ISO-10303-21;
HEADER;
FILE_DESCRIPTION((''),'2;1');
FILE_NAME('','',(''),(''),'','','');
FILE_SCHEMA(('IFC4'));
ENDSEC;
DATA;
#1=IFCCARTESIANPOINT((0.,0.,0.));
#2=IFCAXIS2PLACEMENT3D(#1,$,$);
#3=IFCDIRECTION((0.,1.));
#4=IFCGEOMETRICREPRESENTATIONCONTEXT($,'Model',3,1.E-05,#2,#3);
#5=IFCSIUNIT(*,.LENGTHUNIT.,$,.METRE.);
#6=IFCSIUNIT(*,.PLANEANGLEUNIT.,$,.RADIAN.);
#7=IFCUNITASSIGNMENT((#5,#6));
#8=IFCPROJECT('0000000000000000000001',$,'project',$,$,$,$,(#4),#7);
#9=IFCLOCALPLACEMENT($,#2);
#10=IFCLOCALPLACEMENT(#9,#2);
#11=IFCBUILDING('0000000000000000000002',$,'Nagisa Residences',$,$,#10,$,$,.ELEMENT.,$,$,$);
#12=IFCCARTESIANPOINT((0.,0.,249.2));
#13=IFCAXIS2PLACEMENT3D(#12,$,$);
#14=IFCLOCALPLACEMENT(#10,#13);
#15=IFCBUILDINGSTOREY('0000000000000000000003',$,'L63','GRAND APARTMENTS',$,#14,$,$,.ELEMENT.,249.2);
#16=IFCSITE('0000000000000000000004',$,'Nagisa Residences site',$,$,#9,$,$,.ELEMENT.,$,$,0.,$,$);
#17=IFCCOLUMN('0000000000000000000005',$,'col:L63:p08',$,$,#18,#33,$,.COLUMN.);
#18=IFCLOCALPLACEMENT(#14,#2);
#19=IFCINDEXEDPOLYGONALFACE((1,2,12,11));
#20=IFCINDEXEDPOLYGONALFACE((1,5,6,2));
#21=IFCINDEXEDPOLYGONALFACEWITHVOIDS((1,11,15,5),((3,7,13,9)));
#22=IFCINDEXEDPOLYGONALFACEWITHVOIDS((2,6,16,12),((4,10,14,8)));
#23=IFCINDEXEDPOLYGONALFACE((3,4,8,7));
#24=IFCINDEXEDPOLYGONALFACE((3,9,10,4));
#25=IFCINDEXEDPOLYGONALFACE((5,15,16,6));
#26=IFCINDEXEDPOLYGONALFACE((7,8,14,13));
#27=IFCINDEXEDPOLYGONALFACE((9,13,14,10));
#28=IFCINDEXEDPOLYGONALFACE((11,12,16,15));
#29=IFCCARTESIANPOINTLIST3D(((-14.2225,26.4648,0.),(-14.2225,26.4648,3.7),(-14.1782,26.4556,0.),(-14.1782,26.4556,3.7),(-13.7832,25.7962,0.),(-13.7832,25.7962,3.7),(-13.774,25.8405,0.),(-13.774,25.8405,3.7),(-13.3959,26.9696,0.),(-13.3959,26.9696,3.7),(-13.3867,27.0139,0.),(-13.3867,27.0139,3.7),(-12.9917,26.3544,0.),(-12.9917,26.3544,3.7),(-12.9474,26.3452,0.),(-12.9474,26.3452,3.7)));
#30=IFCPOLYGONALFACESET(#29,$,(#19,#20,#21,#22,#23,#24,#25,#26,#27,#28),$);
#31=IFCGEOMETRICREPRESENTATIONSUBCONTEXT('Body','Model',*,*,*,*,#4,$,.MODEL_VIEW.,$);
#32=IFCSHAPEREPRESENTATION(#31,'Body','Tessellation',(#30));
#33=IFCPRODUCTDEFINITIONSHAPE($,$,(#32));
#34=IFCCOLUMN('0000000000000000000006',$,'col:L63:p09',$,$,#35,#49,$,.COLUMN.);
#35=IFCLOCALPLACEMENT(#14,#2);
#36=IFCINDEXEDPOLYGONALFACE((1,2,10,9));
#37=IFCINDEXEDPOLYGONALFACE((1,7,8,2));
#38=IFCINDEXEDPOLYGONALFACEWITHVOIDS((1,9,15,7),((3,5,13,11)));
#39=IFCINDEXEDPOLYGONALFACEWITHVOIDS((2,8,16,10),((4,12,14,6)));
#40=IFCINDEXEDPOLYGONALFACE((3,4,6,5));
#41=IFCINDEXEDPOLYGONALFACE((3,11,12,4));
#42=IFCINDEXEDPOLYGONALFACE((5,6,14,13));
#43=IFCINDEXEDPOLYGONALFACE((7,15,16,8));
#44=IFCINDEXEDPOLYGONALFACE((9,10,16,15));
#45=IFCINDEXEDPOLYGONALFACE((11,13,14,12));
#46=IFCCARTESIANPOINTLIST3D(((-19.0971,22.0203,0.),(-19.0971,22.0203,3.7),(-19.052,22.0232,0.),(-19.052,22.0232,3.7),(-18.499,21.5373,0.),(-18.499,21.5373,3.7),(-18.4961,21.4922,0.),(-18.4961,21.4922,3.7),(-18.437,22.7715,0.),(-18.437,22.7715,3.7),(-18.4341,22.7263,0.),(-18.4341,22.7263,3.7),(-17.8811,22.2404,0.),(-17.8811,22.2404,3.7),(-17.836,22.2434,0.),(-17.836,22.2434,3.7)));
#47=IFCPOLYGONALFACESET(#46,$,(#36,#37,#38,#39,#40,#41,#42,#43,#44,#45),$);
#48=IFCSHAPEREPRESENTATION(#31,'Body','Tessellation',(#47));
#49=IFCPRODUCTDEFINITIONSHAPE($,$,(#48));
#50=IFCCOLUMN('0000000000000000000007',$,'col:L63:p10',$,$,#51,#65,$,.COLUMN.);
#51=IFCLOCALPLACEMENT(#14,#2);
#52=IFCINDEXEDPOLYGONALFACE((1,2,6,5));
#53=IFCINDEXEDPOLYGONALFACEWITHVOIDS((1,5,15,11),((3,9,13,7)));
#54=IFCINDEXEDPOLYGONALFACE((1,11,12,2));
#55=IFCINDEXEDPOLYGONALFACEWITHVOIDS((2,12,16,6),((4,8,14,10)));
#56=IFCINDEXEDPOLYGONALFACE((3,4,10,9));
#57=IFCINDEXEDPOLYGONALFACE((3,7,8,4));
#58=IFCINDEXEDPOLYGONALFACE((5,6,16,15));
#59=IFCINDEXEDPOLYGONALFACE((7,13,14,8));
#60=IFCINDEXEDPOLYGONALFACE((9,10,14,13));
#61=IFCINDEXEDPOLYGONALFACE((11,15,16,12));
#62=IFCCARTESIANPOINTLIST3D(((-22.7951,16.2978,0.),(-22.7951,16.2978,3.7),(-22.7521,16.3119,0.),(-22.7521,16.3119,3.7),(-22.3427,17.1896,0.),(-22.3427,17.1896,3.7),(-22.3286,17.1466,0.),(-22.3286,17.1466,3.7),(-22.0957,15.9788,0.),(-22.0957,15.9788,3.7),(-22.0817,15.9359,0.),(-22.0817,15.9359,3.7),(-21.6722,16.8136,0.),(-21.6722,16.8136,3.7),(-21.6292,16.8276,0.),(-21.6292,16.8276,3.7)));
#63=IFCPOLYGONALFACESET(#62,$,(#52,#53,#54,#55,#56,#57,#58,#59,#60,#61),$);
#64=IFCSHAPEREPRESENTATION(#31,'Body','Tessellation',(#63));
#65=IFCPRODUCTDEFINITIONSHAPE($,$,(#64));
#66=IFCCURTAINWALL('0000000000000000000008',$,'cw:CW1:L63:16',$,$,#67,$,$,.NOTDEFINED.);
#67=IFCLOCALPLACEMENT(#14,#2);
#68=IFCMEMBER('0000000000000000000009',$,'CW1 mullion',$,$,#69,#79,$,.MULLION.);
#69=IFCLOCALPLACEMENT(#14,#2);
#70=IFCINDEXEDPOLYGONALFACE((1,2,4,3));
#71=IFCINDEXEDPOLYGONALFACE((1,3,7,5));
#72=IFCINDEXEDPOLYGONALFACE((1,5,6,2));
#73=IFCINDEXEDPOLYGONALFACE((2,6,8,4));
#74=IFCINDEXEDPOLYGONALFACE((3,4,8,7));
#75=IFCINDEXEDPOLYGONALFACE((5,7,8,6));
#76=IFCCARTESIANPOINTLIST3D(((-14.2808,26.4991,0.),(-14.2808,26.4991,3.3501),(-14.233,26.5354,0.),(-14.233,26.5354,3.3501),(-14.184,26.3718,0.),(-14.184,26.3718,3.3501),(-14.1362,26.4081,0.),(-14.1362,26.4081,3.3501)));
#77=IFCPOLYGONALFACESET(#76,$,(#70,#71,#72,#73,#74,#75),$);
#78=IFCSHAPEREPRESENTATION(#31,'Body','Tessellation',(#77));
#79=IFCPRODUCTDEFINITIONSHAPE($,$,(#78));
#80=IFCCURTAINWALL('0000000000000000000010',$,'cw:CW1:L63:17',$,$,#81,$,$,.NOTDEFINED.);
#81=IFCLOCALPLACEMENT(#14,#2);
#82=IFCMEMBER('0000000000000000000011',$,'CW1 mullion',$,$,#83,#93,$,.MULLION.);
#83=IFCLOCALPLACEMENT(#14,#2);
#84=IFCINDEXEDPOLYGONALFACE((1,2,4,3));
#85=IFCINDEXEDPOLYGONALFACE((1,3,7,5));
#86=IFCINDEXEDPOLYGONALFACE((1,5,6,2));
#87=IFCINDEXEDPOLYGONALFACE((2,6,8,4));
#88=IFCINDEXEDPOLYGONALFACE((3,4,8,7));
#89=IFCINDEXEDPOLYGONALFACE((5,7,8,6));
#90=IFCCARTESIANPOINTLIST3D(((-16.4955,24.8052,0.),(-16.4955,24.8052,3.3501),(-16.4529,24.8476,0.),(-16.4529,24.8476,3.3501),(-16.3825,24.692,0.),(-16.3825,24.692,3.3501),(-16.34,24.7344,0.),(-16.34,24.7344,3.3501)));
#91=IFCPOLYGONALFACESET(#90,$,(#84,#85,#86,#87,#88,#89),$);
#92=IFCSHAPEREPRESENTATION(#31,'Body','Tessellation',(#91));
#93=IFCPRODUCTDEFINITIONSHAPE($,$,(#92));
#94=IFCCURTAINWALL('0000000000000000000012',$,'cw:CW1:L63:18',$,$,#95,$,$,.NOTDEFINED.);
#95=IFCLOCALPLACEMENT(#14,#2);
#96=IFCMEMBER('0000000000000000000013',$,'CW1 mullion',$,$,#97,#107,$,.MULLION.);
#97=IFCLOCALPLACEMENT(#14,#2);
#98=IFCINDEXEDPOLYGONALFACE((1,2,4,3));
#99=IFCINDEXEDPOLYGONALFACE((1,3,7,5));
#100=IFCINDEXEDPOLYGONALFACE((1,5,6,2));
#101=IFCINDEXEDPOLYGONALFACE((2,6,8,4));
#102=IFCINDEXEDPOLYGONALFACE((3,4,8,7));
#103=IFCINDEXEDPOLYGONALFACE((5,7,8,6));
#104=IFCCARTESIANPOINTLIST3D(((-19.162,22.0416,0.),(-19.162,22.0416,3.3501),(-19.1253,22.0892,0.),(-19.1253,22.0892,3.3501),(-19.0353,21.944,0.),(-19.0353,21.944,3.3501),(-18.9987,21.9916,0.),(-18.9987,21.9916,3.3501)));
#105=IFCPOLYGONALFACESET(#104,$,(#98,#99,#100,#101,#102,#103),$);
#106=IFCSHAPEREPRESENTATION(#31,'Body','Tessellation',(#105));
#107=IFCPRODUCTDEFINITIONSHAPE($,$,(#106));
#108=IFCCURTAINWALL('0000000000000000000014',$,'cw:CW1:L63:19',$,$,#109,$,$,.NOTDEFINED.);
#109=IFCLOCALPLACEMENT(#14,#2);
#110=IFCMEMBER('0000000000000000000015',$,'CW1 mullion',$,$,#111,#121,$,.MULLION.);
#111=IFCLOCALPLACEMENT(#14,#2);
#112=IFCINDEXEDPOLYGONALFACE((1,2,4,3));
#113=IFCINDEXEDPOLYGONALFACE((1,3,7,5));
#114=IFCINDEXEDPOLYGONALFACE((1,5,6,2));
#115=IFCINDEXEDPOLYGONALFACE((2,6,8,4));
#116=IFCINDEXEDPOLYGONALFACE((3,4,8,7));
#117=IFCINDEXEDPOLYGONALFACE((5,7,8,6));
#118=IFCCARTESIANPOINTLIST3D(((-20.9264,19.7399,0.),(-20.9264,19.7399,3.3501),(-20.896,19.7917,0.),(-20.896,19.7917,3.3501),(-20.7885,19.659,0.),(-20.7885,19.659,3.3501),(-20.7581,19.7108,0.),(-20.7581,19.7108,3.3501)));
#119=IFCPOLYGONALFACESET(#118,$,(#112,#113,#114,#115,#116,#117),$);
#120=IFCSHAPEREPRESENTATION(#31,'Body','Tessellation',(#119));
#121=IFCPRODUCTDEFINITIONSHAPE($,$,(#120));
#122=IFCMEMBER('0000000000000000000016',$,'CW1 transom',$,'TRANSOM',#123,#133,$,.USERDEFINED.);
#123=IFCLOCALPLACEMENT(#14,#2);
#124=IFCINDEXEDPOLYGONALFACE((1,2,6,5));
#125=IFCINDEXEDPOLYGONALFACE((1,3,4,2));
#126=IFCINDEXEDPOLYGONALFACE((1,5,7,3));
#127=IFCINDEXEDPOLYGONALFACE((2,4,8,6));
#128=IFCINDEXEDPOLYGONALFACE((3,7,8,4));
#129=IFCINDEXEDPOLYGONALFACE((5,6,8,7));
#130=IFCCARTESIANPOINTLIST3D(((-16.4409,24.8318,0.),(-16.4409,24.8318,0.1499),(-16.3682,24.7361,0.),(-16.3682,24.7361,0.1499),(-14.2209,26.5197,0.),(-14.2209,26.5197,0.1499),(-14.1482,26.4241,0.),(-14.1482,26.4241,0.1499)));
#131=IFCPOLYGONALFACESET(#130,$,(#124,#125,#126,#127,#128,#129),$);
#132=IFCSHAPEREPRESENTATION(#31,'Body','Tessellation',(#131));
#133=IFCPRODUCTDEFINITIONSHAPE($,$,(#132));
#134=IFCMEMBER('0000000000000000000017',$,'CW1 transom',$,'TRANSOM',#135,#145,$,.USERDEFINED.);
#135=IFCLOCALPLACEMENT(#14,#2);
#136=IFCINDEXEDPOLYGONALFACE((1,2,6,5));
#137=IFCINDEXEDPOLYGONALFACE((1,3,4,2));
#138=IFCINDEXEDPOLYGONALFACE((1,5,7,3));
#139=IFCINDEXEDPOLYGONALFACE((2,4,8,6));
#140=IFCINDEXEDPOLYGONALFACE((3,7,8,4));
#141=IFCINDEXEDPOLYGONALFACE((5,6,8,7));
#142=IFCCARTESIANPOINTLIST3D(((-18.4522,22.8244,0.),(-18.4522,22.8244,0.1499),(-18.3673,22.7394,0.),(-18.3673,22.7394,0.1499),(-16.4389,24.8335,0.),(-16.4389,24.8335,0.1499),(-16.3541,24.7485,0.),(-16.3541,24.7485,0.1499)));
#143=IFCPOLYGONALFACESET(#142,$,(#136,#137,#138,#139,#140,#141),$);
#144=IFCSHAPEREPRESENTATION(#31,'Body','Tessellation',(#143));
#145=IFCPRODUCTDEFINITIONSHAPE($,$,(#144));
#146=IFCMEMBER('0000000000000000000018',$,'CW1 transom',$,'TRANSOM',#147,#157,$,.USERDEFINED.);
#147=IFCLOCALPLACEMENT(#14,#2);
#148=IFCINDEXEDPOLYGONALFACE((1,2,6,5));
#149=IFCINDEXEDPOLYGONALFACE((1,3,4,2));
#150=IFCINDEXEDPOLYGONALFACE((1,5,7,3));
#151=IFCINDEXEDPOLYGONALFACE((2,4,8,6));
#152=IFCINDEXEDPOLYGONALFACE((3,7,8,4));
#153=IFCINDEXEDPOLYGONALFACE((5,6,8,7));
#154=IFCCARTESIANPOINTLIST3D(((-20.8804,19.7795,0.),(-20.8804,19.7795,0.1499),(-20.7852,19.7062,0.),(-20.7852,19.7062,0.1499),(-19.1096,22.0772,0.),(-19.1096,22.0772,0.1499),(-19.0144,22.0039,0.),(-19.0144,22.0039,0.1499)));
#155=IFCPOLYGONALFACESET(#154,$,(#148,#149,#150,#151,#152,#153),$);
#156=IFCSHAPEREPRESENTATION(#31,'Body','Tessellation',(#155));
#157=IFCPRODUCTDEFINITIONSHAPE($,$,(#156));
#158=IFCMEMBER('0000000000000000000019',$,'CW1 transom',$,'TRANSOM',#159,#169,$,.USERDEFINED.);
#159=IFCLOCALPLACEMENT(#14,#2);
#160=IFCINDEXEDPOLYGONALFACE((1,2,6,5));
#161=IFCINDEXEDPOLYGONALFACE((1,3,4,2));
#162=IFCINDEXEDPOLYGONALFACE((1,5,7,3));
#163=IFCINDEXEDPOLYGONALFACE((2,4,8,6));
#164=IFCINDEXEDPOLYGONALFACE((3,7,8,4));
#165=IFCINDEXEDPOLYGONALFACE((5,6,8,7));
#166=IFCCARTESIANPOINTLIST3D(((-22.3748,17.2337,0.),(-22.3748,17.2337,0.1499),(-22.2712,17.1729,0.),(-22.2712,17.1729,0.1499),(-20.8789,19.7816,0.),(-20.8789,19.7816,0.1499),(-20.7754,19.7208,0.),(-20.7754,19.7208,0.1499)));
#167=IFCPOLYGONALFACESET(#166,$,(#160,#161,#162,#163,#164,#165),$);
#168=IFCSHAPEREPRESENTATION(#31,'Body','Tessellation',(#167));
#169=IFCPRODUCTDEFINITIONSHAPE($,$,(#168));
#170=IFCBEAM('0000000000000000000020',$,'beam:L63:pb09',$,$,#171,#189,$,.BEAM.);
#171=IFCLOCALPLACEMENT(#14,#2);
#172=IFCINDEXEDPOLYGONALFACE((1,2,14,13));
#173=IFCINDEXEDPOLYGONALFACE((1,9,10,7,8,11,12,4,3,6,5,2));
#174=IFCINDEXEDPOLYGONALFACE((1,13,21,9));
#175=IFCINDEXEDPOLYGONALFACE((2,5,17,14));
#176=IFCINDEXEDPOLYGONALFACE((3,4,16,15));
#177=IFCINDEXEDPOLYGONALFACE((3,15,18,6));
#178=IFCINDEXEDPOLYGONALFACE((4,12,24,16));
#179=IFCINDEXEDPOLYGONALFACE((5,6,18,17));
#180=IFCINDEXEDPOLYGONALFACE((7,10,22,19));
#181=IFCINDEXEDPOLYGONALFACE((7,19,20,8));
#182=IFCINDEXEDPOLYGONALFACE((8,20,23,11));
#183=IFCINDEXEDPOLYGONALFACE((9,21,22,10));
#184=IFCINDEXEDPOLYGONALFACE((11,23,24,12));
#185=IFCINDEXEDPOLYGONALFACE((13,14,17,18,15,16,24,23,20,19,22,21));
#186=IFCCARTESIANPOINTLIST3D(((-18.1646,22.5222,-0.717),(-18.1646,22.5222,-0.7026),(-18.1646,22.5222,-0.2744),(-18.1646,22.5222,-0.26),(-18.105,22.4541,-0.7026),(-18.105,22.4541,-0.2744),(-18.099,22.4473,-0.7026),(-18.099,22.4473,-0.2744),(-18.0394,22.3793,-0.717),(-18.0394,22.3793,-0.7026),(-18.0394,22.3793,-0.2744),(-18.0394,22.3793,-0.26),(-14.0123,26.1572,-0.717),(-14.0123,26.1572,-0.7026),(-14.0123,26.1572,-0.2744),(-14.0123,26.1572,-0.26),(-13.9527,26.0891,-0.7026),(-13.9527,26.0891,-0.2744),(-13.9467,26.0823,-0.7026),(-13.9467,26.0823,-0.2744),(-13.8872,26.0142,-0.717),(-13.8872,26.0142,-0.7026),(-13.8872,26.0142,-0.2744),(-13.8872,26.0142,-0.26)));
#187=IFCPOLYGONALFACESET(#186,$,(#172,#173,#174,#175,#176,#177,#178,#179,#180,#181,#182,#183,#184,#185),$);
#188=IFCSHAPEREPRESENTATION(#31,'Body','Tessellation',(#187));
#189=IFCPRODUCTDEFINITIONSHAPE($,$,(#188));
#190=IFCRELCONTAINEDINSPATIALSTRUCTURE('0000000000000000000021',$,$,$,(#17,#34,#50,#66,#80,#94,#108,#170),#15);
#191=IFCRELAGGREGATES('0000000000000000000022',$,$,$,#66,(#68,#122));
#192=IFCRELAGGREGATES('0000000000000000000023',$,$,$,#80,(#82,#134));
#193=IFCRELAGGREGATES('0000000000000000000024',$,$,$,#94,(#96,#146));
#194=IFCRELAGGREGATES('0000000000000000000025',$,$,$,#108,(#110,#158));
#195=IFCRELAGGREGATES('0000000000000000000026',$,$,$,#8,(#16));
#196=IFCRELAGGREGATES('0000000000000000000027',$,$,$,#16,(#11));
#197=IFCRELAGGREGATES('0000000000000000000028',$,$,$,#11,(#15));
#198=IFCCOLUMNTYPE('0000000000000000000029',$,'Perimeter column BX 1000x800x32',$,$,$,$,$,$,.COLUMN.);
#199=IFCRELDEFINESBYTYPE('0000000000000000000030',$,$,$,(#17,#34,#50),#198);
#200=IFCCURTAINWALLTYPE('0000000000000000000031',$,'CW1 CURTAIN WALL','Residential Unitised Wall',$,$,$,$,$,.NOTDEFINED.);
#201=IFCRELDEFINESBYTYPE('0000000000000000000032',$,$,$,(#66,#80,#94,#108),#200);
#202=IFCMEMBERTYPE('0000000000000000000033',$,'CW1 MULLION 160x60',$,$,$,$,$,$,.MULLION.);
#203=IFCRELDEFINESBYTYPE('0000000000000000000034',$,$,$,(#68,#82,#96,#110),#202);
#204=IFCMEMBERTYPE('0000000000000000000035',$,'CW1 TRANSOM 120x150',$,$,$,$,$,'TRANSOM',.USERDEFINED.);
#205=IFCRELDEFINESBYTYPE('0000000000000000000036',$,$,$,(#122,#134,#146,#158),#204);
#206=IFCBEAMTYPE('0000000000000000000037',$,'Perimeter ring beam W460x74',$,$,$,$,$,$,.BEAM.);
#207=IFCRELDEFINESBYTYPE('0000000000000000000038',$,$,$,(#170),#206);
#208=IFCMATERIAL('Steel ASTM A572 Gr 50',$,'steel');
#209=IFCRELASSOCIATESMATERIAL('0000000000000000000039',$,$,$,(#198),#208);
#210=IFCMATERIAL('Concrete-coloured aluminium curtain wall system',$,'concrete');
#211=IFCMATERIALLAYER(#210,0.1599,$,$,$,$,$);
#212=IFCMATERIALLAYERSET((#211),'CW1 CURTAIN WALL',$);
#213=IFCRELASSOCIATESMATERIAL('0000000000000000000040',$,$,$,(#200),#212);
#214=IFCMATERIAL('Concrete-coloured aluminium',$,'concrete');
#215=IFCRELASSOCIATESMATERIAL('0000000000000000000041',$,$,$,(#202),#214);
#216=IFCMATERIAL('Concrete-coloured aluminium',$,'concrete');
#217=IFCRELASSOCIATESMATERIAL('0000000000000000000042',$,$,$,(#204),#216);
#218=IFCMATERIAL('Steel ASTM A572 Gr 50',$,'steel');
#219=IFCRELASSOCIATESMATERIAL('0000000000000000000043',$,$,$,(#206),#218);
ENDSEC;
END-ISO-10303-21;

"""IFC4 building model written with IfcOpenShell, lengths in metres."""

from ifc_helpers import new_model, si_unit, direction, frame, origin, origin_2d, place, context, subcontext, project, spatial, rectangle, hollow_rectangle, i_section, extrude, material, layer, layer_set, material_profile, profile_set, type_object, element, aggregate, save


model = new_model("IFC4")

# Units and contexts
model_context = context("Model", 3, precision=1e-05, world=origin(), true_north=direction((0.0, 1.0)))
body_context = subcontext(model_context, "Body", "Model", "MODEL_VIEW")
ifc_project = project(units=[si_unit("LENGTHUNIT", "METRE"), si_unit("PLANEANGLEUNIT", "RADIAN")], contexts=[model_context])

# Site, building, storey
site_placement = place(None, origin())
site = spatial("IfcSite", under=ifc_project, at=site_placement, Name="Nagisa Residences site", CompositionType="ELEMENT", RefElevation=0.0)
building_placement = place(site_placement, origin())
building = spatial("IfcBuilding", under=site, at=building_placement, Name="Nagisa Residences", CompositionType="ELEMENT")
storey_placement = place(building_placement, frame((0.0, 0.0, 249.2)))
storey = spatial("IfcBuildingStorey", under=building, at=storey_placement, Name="L63", Description="GRAND APARTMENTS", CompositionType="ELEMENT", Elevation=249.2)

# Columns
ifc_material_1 = material(Name="Steel ASTM A572 Gr 50", Category="steel")
ifc_material_profile_1 = material_profile(ifc_material_1, hollow_rectangle(XDim=1.0, YDim=0.8, WallThickness=0.032, at=origin_2d()), Name="BX 1000x800x32")
ifc_profile_set_1 = profile_set([ifc_material_profile_1], Name="Steel ASTM A572 Gr 50")
column_type = type_object("IfcColumnType", Name="Perimeter column BX 1000x800x32", PredefinedType="COLUMN", material=ifc_profile_set_1)
for number, where, z_axis, x_axis, name in (
    (1, (-13.585, 26.405, 0.0), (0.0, 0.0, 1.0), (-0.835766, -0.549086, 0.0), "col:L63:p08"),
    (2, (-18.4666, 22.1318, 0.0), (0.0, 0.0, 1.0), (-0.660115, -0.751165, 0.0), "col:L63:p09"),
    (3, (-22.2122, 16.5627, 0.0), (0.0, 0.0, 1.0), (-0.452463, -0.891783, 0.0), "col:L63:p10"),
):
    element("IfcColumn", number, at=place(storey_placement, frame(where, z_axis=z_axis, x_axis=x_axis)), inside=storey, type_object=column_type, Name=name, PredefinedType="COLUMN", context=body_context, shape_type="SweptSolid", body=[
        extrude(hollow_rectangle(XDim=1.0, YDim=0.8, WallThickness=0.032, at=origin_2d()), origin(), (0.0, 0.0, 1.0), 3.7),
    ])

# Curtain walls, members
ifc_material_2 = material(Name="Concrete-coloured aluminium curtain wall system", Category="concrete")
ifc_layer_1 = layer(ifc_material_2, 0.1599)
ifc_layer_set_1 = layer_set([ifc_layer_1], Name="CW1 CURTAIN WALL")
curtain_wall_type = type_object("IfcCurtainWallType", Name="CW1 CURTAIN WALL", Description="Residential Unitised Wall", PredefinedType="NOTDEFINED", material=ifc_layer_set_1)
curtain_wall_1_placement = place(storey_placement, origin())
curtain_wall_1 = element("IfcCurtainWall", 4, at=curtain_wall_1_placement, inside=storey, type_object=curtain_wall_type, Name="cw:CW1:L63:16", PredefinedType="NOTDEFINED")
ifc_material_3 = material(Name="Concrete-coloured aluminium", Category="concrete")
ifc_material_profile_2 = material_profile(ifc_material_3, rectangle(XDim=0.1599, YDim=0.0601, at=origin_2d()), Name="CW1 MULLION 160x60")
ifc_profile_set_2 = profile_set([ifc_material_profile_2], Name="Concrete-coloured aluminium")
member_type_1 = type_object("IfcMemberType", Name="CW1 MULLION 160x60", PredefinedType="MULLION", material=ifc_profile_set_2)
member_1_placement = place(storey_placement, frame((-14.2085, 26.4536, 0.0), z_axis=(0.0, 0.0, 1.0), x_axis=(0.605255, -0.796031, 0.0)))
member_1 = element("IfcMember", 5, at=member_1_placement, type_object=member_type_1, Name="CW1 mullion", PredefinedType="MULLION", context=body_context, shape_type="SweptSolid", body=[
    extrude(rectangle(XDim=0.1599, YDim=0.0601, at=origin_2d()), origin(), (0.0, 0.0, 1.0), 3.3501),
])
curtain_wall_2_placement = place(storey_placement, origin())
curtain_wall_2 = element("IfcCurtainWall", 6, at=curtain_wall_2_placement, inside=storey, type_object=curtain_wall_type, Name="cw:CW1:L63:17", PredefinedType="NOTDEFINED")
member_2_placement = place(storey_placement, frame((-16.4177, 24.7698, 0.0), z_axis=(0.0, 0.0, 1.0), x_axis=(0.706377, -0.707836, 0.0)))
member_2 = element("IfcMember", 7, at=member_2_placement, type_object=member_type_1, Name="CW1 mullion", PredefinedType="MULLION", context=body_context, shape_type="SweptSolid", body=[
    extrude(rectangle(XDim=0.1599, YDim=0.0601, at=origin_2d()), origin(), (0.0, 0.0, 1.0), 3.3501),
])
curtain_wall_3_placement = place(storey_placement, origin())
curtain_wall_3 = element("IfcCurtainWall", 8, at=curtain_wall_3_placement, inside=storey, type_object=curtain_wall_type, Name="cw:CW1:L63:18", PredefinedType="NOTDEFINED")
member_3_placement = place(storey_placement, frame((-19.0803, 22.0166, 0.0), z_axis=(0.0, 0.0, 1.0), x_axis=(0.79207, -0.61043, 0.0)))
member_3 = element("IfcMember", 9, at=member_3_placement, type_object=member_type_1, Name="CW1 mullion", PredefinedType="MULLION", context=body_context, shape_type="SweptSolid", body=[
    extrude(rectangle(XDim=0.1599, YDim=0.0601, at=origin_2d()), origin(), (0.0, 0.0, 1.0), 3.3501),
])
curtain_wall_4_placement = place(storey_placement, origin())
curtain_wall_4 = element("IfcCurtainWall", 10, at=curtain_wall_4_placement, inside=storey, type_object=curtain_wall_type, Name="cw:CW1:L63:19", PredefinedType="NOTDEFINED")
member_4_placement = place(storey_placement, frame((-20.8423, 19.7253, 0.0), z_axis=(0.0, 0.0, 1.0), x_axis=(0.862329, -0.506349, 0.0)))
member_4 = element("IfcMember", 11, at=member_4_placement, type_object=member_type_1, Name="CW1 mullion", PredefinedType="MULLION", context=body_context, shape_type="SweptSolid", body=[
    extrude(rectangle(XDim=0.1599, YDim=0.0601, at=origin_2d()), origin(), (0.0, 0.0, 1.0), 3.3501),
])

# Members
ifc_material_4 = material(Name="Concrete-coloured aluminium", Category="concrete")
ifc_material_profile_3 = material_profile(ifc_material_4, rectangle(XDim=0.1201, YDim=0.1499, at=origin_2d()), Name="CW1 TRANSOM 120x150")
ifc_profile_set_3 = profile_set([ifc_material_profile_3], Name="Concrete-coloured aluminium")
member_type_2 = type_object("IfcMemberType", Name="CW1 TRANSOM 120x150", ElementType="TRANSOM", PredefinedType="USERDEFINED", material=ifc_profile_set_3)
member_5_placement = place(storey_placement, frame((-14.1846, 26.4719, 0.075), z_axis=(-0.796022, -0.605267, 0.0), x_axis=(0.605267, -0.796022, 0.0)))
member_5 = element("IfcMember", 12, at=member_5_placement, type_object=member_type_2, Name="CW1 transom", ObjectType="TRANSOM", PredefinedType="USERDEFINED", context=body_context, shape_type="SweptSolid", body=[
    extrude(rectangle(XDim=0.1201, YDim=0.1499, at=origin_2d()), origin(), (0.0, 0.0, 1.0), 2.7888),
])
member_6_placement = place(storey_placement, frame((-16.3965, 24.791, 0.075), z_axis=(-0.707836, -0.706377, 0.0), x_axis=(0.706377, -0.707836, 0.0)))
member_6 = element("IfcMember", 13, at=member_6_placement, type_object=member_type_2, Name="CW1 transom", ObjectType="TRANSOM", PredefinedType="USERDEFINED", context=body_context, shape_type="SweptSolid", body=[
    extrude(rectangle(XDim=0.1201, YDim=0.1499, at=origin_2d()), origin(), (0.0, 0.0, 1.0), 2.8442),
])
member_7_placement = place(storey_placement, frame((-19.062, 22.0405, 0.075), z_axis=(-0.610439, -0.792064, 0.0), x_axis=(0.792064, -0.610439, 0.0)))
member_7 = element("IfcMember", 14, at=member_7_placement, type_object=member_type_2, Name="CW1 transom", ObjectType="TRANSOM", PredefinedType="USERDEFINED", context=body_context, shape_type="SweptSolid", body=[
    extrude(rectangle(XDim=0.1201, YDim=0.1499, at=origin_2d()), origin(), (0.0, 0.0, 1.0), 2.9009),
])
member_8_placement = place(storey_placement, frame((-20.8271, 19.7512, 0.075), z_axis=(-0.506294, -0.862361, 0.0), x_axis=(0.862361, -0.506294, 0.0)))
member_8 = element("IfcMember", 15, at=member_8_placement, type_object=member_type_2, Name="CW1 transom", ObjectType="TRANSOM", PredefinedType="USERDEFINED", context=body_context, shape_type="SweptSolid", body=[
    extrude(rectangle(XDim=0.1201, YDim=0.1499, at=origin_2d()), origin(), (0.0, 0.0, 1.0), 2.9546),
])

# Beam
ifc_material_5 = material(Name="Steel ASTM A572 Gr 50", Category="steel")
ifc_material_profile_4 = material_profile(ifc_material_5, i_section(OverallWidth=0.1899, OverallDepth=0.457, WebThickness=0.009, FlangeThickness=0.0144, at=origin_2d()), Name="W460x74")
ifc_profile_set_4 = profile_set([ifc_material_profile_4], Name="Steel ASTM A572 Gr 50")
beam_type_1 = type_object("IfcBeamType", Name="Perimeter ring beam W460x74", PredefinedType="BEAM", material=ifc_profile_set_4)
beam_1_placement = place(storey_placement, frame((-13.9497, 26.0857, -0.4885), z_axis=(-0.752423, -0.65868, 0.0), x_axis=(0.65868, -0.752423, 0.0)))
element("IfcBeam", 16, at=beam_1_placement, inside=storey, type_object=beam_type_1, Name="beam:L63:pb09", PredefinedType="BEAM", context=body_context, shape_type="SweptSolid", body=[
    extrude(i_section(OverallWidth=0.1899, OverallDepth=0.457, WebThickness=0.009, FlangeThickness=0.0144, at=origin_2d()), origin(), (0.0, 0.0, 1.0), 5.5186),
])

aggregate(curtain_wall_1, [member_1, member_5])
aggregate(curtain_wall_2, [member_2, member_6])
aggregate(curtain_wall_3, [member_3, member_7])
aggregate(curtain_wall_4, [member_4, member_8])

save(model, "model.ifc")
